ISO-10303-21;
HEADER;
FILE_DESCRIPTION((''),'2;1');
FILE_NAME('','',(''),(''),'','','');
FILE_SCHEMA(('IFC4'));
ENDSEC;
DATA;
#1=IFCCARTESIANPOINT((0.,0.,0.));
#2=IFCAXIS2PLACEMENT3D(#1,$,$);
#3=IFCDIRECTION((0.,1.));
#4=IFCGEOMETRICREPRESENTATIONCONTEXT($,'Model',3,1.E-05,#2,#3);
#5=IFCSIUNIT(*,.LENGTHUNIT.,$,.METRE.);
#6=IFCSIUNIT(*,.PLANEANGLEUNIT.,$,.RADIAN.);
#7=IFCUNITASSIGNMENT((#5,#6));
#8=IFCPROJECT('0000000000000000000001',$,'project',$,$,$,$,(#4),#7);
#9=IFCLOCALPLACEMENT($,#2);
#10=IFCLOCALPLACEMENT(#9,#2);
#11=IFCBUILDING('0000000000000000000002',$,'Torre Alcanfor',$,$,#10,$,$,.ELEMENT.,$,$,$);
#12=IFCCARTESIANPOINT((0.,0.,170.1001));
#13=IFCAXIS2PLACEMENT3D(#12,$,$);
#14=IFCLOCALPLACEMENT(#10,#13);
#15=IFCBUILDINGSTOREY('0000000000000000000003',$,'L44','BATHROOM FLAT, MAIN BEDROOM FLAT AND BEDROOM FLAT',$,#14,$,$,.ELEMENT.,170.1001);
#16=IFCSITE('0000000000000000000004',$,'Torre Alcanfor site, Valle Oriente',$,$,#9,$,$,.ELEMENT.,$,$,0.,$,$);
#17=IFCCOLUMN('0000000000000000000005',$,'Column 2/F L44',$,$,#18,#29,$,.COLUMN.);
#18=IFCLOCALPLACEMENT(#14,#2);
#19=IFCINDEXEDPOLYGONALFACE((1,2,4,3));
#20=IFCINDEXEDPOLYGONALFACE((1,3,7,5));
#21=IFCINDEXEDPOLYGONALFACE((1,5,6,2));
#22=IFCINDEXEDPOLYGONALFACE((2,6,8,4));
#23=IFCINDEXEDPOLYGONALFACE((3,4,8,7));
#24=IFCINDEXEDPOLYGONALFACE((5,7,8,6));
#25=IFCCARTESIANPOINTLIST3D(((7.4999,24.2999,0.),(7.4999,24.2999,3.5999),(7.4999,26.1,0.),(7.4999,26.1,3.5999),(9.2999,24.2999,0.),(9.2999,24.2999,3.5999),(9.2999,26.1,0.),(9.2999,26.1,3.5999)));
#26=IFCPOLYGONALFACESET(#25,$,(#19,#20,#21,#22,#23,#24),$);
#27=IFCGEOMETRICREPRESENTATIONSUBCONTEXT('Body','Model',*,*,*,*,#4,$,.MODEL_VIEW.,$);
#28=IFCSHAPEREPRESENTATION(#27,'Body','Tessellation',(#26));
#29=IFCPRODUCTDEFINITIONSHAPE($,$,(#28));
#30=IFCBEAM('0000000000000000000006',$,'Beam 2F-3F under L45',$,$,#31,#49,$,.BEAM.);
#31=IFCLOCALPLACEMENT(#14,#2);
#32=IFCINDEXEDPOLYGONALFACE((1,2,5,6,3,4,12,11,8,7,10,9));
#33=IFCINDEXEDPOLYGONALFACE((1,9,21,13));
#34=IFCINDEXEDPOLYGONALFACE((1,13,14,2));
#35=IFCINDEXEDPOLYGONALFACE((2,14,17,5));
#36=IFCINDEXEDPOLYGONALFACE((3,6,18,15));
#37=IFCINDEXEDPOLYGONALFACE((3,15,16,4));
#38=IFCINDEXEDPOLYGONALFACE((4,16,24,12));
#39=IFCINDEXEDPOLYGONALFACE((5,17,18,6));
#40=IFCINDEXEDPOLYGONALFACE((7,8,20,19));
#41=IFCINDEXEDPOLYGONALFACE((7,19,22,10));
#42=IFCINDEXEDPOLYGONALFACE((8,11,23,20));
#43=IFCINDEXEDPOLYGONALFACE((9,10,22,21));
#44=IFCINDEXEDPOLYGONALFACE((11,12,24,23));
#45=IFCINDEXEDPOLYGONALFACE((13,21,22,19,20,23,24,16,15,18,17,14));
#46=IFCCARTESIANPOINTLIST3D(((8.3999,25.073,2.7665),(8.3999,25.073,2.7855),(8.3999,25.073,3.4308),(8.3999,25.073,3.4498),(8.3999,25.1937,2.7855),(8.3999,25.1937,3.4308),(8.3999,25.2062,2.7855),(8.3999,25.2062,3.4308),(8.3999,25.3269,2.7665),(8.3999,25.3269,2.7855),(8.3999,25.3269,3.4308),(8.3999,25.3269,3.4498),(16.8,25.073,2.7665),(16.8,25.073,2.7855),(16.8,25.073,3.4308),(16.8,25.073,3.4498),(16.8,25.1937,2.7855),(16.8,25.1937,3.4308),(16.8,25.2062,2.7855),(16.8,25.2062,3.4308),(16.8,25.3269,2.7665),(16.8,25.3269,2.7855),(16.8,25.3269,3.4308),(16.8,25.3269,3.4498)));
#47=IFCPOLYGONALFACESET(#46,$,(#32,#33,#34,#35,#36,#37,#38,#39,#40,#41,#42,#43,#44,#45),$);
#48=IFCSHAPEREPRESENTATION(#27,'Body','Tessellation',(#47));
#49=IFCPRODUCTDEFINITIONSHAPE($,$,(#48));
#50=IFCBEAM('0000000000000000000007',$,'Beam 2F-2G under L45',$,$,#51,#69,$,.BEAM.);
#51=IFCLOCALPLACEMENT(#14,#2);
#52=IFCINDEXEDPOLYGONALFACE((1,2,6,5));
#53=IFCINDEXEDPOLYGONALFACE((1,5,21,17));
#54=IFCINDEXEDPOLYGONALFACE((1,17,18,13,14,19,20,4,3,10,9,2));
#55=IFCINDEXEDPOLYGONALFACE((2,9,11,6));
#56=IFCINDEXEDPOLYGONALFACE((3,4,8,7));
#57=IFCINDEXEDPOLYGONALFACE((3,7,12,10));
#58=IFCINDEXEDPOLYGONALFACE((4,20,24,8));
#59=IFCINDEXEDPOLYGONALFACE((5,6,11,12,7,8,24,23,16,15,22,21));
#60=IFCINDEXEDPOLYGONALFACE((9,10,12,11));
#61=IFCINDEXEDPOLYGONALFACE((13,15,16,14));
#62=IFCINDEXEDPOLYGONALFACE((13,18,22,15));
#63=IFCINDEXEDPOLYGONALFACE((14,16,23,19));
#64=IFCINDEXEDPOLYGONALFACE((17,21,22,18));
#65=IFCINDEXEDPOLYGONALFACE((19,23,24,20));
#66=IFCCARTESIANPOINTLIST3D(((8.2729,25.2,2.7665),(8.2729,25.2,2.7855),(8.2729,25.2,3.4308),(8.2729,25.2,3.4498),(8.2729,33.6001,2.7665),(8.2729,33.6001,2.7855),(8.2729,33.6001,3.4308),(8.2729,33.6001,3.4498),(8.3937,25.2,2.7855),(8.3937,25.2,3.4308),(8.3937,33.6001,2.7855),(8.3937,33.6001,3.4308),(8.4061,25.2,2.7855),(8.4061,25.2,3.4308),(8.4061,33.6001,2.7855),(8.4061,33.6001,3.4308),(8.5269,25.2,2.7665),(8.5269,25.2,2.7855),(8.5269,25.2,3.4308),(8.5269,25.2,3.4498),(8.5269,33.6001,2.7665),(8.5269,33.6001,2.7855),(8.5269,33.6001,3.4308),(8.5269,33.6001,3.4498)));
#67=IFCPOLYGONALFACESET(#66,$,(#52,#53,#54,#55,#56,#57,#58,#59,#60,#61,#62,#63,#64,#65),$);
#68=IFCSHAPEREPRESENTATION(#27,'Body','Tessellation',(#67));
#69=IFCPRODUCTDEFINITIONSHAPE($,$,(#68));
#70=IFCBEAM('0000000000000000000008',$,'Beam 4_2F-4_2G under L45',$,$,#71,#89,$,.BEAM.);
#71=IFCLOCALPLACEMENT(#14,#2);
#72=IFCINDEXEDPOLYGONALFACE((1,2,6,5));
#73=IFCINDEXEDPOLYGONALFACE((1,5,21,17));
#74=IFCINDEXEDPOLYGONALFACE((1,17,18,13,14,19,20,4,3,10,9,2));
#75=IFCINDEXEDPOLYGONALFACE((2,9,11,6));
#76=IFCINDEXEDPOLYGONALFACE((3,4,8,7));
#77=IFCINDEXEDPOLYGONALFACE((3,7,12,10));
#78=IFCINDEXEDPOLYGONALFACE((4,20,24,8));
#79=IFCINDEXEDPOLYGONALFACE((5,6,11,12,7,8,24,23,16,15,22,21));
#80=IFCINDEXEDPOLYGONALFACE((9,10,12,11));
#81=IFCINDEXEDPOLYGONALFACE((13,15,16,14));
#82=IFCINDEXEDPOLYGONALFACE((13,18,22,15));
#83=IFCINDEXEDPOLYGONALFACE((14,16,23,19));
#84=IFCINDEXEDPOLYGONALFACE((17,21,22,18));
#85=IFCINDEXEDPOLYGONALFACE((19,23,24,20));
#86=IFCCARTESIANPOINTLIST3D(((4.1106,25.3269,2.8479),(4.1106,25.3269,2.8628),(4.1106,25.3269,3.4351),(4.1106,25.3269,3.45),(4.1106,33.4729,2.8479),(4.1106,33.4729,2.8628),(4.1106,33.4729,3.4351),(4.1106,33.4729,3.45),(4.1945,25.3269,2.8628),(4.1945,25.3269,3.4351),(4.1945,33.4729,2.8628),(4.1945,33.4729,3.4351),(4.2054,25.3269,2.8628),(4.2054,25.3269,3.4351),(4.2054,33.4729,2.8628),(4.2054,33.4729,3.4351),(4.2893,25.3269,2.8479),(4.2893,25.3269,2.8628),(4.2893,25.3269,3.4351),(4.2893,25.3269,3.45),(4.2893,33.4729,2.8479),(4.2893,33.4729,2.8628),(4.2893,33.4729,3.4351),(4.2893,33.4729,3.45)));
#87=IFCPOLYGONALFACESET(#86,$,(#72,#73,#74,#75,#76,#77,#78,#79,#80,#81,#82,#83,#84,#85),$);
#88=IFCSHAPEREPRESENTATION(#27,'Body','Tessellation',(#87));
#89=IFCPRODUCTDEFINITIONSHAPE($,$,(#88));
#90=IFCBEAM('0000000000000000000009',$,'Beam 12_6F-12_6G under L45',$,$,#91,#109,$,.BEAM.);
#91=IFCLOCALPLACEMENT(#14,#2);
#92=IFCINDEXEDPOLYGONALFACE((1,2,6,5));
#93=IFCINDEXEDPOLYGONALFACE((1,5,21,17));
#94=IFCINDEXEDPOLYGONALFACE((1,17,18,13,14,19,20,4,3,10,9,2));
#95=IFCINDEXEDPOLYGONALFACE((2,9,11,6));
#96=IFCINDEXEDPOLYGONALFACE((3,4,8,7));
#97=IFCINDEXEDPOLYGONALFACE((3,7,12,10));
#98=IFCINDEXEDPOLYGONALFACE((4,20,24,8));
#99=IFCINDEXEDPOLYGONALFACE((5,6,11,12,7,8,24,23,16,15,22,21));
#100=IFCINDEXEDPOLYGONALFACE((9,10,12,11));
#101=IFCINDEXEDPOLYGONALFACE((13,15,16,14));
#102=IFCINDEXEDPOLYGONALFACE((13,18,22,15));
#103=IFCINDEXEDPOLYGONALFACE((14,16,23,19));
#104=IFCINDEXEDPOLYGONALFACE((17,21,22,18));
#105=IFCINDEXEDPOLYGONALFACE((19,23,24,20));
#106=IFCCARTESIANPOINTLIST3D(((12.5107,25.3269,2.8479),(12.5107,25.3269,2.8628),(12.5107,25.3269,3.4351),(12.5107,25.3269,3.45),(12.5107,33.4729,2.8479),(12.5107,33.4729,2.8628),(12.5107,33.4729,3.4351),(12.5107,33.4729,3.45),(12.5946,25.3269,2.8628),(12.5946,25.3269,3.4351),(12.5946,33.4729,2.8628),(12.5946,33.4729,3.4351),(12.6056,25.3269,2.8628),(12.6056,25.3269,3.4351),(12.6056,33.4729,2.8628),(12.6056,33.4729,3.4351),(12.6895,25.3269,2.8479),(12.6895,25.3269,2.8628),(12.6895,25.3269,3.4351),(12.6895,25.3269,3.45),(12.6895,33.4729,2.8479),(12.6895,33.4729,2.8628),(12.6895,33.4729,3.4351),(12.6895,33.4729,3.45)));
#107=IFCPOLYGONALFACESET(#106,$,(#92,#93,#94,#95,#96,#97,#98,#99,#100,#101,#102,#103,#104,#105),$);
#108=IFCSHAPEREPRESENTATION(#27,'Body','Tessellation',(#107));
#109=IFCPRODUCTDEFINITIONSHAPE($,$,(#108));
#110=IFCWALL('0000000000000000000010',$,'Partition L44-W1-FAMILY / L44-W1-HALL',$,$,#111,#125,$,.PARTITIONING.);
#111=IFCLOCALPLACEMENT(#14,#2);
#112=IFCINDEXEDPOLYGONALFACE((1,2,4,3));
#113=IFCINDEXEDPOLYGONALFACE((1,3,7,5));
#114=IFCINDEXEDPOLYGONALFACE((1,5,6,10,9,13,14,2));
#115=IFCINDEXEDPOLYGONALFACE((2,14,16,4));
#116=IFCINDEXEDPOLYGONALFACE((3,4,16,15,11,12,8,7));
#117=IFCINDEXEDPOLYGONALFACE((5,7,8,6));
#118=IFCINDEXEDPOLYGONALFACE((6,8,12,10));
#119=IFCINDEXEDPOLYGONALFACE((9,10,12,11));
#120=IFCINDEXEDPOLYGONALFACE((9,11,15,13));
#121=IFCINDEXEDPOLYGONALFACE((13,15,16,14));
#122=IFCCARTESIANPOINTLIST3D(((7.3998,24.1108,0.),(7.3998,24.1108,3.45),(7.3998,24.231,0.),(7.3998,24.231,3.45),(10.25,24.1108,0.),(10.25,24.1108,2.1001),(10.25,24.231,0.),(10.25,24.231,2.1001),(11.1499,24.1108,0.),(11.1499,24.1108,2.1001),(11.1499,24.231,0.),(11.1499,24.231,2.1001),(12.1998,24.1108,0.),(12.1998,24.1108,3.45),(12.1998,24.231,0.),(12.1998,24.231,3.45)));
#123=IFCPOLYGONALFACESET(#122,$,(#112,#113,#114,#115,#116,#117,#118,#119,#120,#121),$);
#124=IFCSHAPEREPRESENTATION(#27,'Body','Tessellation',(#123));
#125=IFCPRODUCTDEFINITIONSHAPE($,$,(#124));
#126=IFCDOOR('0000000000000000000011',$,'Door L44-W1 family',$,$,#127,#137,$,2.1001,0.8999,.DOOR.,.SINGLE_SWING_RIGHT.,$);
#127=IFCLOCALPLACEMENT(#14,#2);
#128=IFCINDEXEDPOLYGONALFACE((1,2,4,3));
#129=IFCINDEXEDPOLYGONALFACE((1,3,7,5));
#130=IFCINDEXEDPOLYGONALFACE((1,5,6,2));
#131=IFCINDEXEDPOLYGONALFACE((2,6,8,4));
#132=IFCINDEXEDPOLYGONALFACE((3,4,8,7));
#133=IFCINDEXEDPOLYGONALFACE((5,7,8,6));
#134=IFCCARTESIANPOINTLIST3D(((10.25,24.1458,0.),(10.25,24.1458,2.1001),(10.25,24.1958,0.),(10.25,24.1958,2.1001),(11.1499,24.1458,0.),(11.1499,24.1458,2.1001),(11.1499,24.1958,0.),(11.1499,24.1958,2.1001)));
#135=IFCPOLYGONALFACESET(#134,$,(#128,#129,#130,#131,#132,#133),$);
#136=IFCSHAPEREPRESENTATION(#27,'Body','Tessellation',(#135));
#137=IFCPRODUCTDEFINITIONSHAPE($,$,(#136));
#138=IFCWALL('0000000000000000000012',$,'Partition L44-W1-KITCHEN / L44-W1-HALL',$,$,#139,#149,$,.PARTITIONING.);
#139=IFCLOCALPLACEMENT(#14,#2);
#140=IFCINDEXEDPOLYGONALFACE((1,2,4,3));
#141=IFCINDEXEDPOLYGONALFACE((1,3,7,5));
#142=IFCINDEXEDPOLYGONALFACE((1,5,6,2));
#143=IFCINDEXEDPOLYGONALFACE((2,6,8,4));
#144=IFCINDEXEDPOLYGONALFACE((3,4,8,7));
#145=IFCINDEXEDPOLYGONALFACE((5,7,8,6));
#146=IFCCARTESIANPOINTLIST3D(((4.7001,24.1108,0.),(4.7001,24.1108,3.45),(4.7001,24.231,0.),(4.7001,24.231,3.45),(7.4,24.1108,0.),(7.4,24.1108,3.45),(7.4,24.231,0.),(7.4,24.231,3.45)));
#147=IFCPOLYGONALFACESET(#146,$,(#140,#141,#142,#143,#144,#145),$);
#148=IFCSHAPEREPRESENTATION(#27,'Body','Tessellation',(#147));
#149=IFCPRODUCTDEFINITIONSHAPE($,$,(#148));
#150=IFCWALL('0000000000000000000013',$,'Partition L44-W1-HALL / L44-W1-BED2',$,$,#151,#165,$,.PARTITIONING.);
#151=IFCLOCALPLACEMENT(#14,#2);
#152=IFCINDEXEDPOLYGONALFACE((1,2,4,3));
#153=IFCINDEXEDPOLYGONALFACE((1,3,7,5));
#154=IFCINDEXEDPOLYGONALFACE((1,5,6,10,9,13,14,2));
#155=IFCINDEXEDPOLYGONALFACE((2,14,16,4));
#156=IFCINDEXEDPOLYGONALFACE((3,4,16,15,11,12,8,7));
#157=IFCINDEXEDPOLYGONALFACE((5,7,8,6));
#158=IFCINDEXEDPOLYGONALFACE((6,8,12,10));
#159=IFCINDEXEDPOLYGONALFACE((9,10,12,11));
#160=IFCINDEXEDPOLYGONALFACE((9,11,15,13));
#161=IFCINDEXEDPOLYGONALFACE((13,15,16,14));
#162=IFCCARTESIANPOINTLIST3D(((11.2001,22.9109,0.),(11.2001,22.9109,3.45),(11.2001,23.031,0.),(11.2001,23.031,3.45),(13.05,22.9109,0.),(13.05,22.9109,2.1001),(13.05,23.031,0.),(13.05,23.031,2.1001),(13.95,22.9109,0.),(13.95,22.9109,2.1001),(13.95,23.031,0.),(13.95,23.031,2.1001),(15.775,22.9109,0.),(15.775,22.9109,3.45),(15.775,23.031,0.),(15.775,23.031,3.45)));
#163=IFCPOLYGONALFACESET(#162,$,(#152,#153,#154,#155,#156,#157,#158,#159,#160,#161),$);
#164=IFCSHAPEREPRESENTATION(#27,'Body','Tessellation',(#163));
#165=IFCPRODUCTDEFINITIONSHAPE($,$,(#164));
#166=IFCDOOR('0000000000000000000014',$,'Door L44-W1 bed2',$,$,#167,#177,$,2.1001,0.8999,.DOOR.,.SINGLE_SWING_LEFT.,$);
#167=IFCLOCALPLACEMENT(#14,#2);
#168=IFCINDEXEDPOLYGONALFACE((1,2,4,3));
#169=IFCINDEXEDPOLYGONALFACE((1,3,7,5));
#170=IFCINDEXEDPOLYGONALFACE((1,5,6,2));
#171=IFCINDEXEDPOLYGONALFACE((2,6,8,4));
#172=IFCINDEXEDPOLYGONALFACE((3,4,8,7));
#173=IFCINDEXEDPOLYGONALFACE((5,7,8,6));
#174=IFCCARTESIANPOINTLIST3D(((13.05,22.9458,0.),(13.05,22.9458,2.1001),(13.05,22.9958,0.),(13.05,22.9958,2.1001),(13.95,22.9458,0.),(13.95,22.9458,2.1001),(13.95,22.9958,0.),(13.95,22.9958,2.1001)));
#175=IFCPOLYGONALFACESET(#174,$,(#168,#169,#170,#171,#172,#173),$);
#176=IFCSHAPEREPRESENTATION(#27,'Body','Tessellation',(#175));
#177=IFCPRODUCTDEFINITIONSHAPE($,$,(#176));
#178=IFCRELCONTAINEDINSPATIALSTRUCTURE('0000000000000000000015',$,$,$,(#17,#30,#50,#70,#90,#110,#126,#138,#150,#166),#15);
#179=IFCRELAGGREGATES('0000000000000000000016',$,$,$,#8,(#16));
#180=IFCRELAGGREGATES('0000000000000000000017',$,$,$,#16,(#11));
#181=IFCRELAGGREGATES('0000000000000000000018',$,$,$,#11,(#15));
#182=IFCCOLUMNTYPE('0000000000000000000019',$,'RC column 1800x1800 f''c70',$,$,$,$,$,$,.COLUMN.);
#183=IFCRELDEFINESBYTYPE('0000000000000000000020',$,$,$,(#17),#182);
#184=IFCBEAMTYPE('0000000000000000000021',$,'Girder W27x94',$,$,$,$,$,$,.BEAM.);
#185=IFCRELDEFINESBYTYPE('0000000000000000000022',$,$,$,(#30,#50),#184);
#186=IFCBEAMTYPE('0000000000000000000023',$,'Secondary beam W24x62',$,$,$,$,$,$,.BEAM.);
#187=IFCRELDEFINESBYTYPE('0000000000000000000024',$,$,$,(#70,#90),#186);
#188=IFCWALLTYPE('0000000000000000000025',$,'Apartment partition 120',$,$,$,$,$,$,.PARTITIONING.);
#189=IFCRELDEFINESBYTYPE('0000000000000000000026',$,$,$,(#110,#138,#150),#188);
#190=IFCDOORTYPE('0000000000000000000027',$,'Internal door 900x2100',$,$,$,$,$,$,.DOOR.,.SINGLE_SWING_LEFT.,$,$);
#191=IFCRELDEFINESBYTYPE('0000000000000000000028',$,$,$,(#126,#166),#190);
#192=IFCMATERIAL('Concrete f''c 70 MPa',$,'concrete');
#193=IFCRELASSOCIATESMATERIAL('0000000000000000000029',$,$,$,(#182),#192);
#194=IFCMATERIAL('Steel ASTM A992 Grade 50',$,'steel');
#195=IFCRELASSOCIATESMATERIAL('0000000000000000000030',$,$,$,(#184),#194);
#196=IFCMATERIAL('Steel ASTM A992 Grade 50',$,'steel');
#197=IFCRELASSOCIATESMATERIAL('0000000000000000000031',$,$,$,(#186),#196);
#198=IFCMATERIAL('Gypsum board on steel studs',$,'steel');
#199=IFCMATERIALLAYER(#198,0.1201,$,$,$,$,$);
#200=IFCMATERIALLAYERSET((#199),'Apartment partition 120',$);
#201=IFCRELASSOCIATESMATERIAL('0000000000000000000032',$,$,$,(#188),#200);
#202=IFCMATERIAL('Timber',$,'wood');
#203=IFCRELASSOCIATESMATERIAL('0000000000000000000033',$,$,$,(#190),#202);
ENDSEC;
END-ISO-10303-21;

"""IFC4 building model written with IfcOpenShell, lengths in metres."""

from ifc_helpers import new_model, si_unit, direction, frame, frame_2d, origin, origin_2d, place, context, subcontext, project, spatial, rectangle, i_section, extrude, material, layer, layer_set, material_profile, profile_set, type_object, element, fill, save


model = new_model("IFC4")

# Units and contexts
model_context = context("Model", 3, precision=1e-05, world=origin(), true_north=direction((0.0, 1.0)))
body_context = subcontext(model_context, "Body", "Model", "MODEL_VIEW")
ifc_project = project(units=[si_unit("LENGTHUNIT", "METRE"), si_unit("PLANEANGLEUNIT", "RADIAN")], contexts=[model_context])

# Site, building, storey
site_placement = place(None, origin())
site = spatial("IfcSite", under=ifc_project, at=site_placement, Name="Torre Alcanfor site, Valle Oriente", CompositionType="ELEMENT", RefElevation=0.0)
building_placement = place(site_placement, origin())
building = spatial("IfcBuilding", under=site, at=building_placement, Name="Torre Alcanfor", CompositionType="ELEMENT")
storey_placement = place(building_placement, frame((0.0, 0.0, 170.1001)))
storey = spatial("IfcBuildingStorey", under=building, at=storey_placement, Name="L44", Description="BATHROOM FLAT, MAIN BEDROOM FLAT AND BEDROOM FLAT", CompositionType="ELEMENT", Elevation=170.1001)

# Column
ifc_material_1 = material(Name="Concrete f'c 70 MPa", Category="concrete")
ifc_material_profile_1 = material_profile(ifc_material_1, rectangle(XDim=1.8, YDim=1.8, at=origin_2d()), Name="1800x1800")
ifc_profile_set_1 = profile_set([ifc_material_profile_1], Name="Concrete f'c 70 MPa")
column_type = type_object("IfcColumnType", Name="RC column 1800x1800 f'c70", PredefinedType="COLUMN", material=ifc_profile_set_1)
column_placement = place(storey_placement, frame((8.3999, 25.2, 0.0), z_axis=(0.0, 0.0, 1.0), x_axis=(1.0, 0.0, 0.0)))
element("IfcColumn", 1, at=column_placement, inside=storey, type_object=column_type, Name="Column 2/F L44", PredefinedType="COLUMN", context=body_context, shape_type="SweptSolid", body=[
    extrude(rectangle(XDim=1.8, YDim=1.8, at=origin_2d()), origin(), (0.0, 0.0, 1.0), 3.5999),
])

# Beams
ifc_material_2 = material(Name="Steel ASTM A992 Grade 50", Category="steel")
ifc_material_profile_2 = material_profile(ifc_material_2, i_section(OverallWidth=0.2539, OverallDepth=0.6833, WebThickness=0.0125, FlangeThickness=0.019, at=origin_2d()), Name="W27x94")
ifc_profile_set_2 = profile_set([ifc_material_profile_2], Name="Steel ASTM A992 Grade 50")
beam_type_1 = type_object("IfcBeamType", Name="Girder W27x94", PredefinedType="BEAM", material=ifc_profile_set_2)
for number, where, z_axis, x_axis, name in (
    (2, (8.3999, 25.2, 3.1082), (1.0, 0.0, 0.0), (0.0, 1.0, 0.0), "Beam 2F-3F under L45"),
    (3, (8.3999, 25.2, 3.1082), (0.0, 1.0, 0.0), (-1.0, 0.0, 0.0), "Beam 2F-2G under L45"),
):
    element("IfcBeam", number, at=place(storey_placement, frame(where, z_axis=z_axis, x_axis=x_axis)), inside=storey, type_object=beam_type_1, Name=name, PredefinedType="BEAM", context=body_context, shape_type="SweptSolid", body=[
        extrude(i_section(OverallWidth=0.2539, OverallDepth=0.6833, WebThickness=0.0125, FlangeThickness=0.019, at=origin_2d()), origin(), (0.0, 0.0, 1.0), 8.4001),
    ])
ifc_material_3 = material(Name="Steel ASTM A992 Grade 50", Category="steel")
ifc_material_profile_3 = material_profile(ifc_material_3, i_section(OverallWidth=0.1787, OverallDepth=0.6021, WebThickness=0.011, FlangeThickness=0.0149, at=origin_2d()), Name="W24x62")
ifc_profile_set_3 = profile_set([ifc_material_profile_3], Name="Steel ASTM A992 Grade 50")
beam_type_2 = type_object("IfcBeamType", Name="Secondary beam W24x62", PredefinedType="BEAM", material=ifc_profile_set_3)
for number, where, z_axis, x_axis, name in (
    (4, (4.2, 25.3269, 3.1489), (0.0, 1.0, 0.0), (-1.0, 0.0, 0.0), "Beam 4_2F-4_2G under L45"),
    (5, (12.6001, 25.3269, 3.1489), (0.0, 1.0, 0.0), (-1.0, 0.0, 0.0), "Beam 12_6F-12_6G under L45"),
):
    element("IfcBeam", number, at=place(storey_placement, frame(where, z_axis=z_axis, x_axis=x_axis)), inside=storey, type_object=beam_type_2, Name=name, PredefinedType="BEAM", context=body_context, shape_type="SweptSolid", body=[
        extrude(i_section(OverallWidth=0.1787, OverallDepth=0.6021, WebThickness=0.011, FlangeThickness=0.0149, at=origin_2d()), origin(), (0.0, 0.0, 1.0), 8.146),
    ])

# Wall, opening, door
ifc_material_4 = material(Name="Gypsum board on steel studs", Category="steel")
ifc_layer_1 = layer(ifc_material_4, 0.1201)
ifc_layer_set_1 = layer_set([ifc_layer_1], Name="Apartment partition 120")
wall_type_1 = type_object("IfcWallType", Name="Apartment partition 120", PredefinedType="PARTITIONING", material=ifc_layer_set_1)
wall_1_placement = place(storey_placement, frame((7.3999, 24.1709, 0.0), z_axis=(0.0, 0.0, 1.0), x_axis=(1.0, 0.0, 0.0)))
wall_1 = element("IfcWall", 6, at=wall_1_placement, inside=storey, type_object=wall_type_1, Name="Partition L44-W1-FAMILY / L44-W1-HALL", PredefinedType="PARTITIONING", context=body_context, shape_type="SweptSolid", body=[
    extrude(rectangle(XDim=4.8, YDim=0.1201, at=frame_2d((2.3999, 0.0))), origin(), (0.0, 0.0, 1.0), 3.45),
])
opening_1_placement = place(wall_1_placement, frame((2.8501, 0.0, 0.0)))
opening_1 = element("IfcOpeningElement", 7, at=opening_1_placement, cuts=wall_1, PredefinedType="OPENING", context=body_context, shape_type="SweptSolid", body=[
    extrude(rectangle(XDim=0.8999, YDim=2.1001, at=frame_2d((0.45, 1.05))), frame((0.0, 0.0701, 0.0), z_axis=(0.0, -1.0, 0.0), x_axis=(1.0, 0.0, 0.0)), (0.0, 0.0, 1.0), 0.1401),
])
ifc_material_5 = material(Name="Timber", Category="wood")
door_type_1 = type_object("IfcDoorType", Name="Internal door 900x2100", OperationType="SINGLE_SWING_LEFT", PredefinedType="DOOR", material=ifc_material_5)
door_1_placement = place(opening_1_placement, origin())
door_1 = element("IfcDoor", 8, at=door_1_placement, inside=storey, type_object=door_type_1, Name="Door L44-W1 family", OperationType="SINGLE_SWING_RIGHT", OverallHeight=2.1001, OverallWidth=0.8999, PredefinedType="DOOR", context=body_context, shape_type="SweptSolid", body=[
    extrude(rectangle(XDim=0.8999, YDim=2.1001, at=frame_2d((0.45, 1.05))), frame((0.0, 0.0249, 0.0), z_axis=(0.0, -1.0, 0.0), x_axis=(1.0, 0.0, 0.0)), (0.0, 0.0, 1.0), 0.05),
])
fill(opening_1, door_1)

# Wall
wall_2_placement = place(storey_placement, frame((4.7, 24.1709, 0.0), z_axis=(0.0, 0.0, 1.0), x_axis=(1.0, 0.0, 0.0)))
element("IfcWall", 9, at=wall_2_placement, inside=storey, type_object=wall_type_1, Name="Partition L44-W1-KITCHEN / L44-W1-HALL", PredefinedType="PARTITIONING", context=body_context, shape_type="SweptSolid", body=[
    extrude(rectangle(XDim=2.7, YDim=0.1201, at=frame_2d((1.3501, 0.0))), origin(), (0.0, 0.0, 1.0), 3.45),
])

# Wall, opening, door
wall_3_placement = place(storey_placement, frame((11.2, 22.9709, 0.0), z_axis=(0.0, 0.0, 1.0), x_axis=(1.0, 0.0, 0.0)))
wall_3 = element("IfcWall", 10, at=wall_3_placement, inside=storey, type_object=wall_type_1, Name="Partition L44-W1-HALL / L44-W1-BED2", PredefinedType="PARTITIONING", context=body_context, shape_type="SweptSolid", body=[
    extrude(rectangle(XDim=4.575, YDim=0.1201, at=frame_2d((2.2876, 0.0))), origin(), (0.0, 0.0, 1.0), 3.45),
])
opening_2_placement = place(wall_3_placement, frame((1.8501, 0.0, 0.0)))
opening_2 = element("IfcOpeningElement", 11, at=opening_2_placement, cuts=wall_3, PredefinedType="OPENING", context=body_context, shape_type="SweptSolid", body=[
    extrude(rectangle(XDim=0.8999, YDim=2.1001, at=frame_2d((0.45, 1.05))), frame((0.0, 0.0701, 0.0), z_axis=(0.0, -1.0, 0.0), x_axis=(1.0, 0.0, 0.0)), (0.0, 0.0, 1.0), 0.1401),
])
door_2_placement = place(opening_2_placement, frame((0.8999, 0.0, 0.0), z_axis=(0.0, 0.0, 1.0), x_axis=(-1.0, 0.0, 0.0)))
door_2 = element("IfcDoor", 12, at=door_2_placement, inside=storey, type_object=door_type_1, Name="Door L44-W1 bed2", OperationType="SINGLE_SWING_LEFT", OverallHeight=2.1001, OverallWidth=0.8999, PredefinedType="DOOR", context=body_context, shape_type="SweptSolid", body=[
    extrude(rectangle(XDim=0.8999, YDim=2.1001, at=frame_2d((0.45, 1.05))), frame((0.0, 0.0251, 0.0), z_axis=(0.0, -1.0, 0.0), x_axis=(1.0, 0.0, 0.0)), (0.0, 0.0, 1.0), 0.05),
])
fill(opening_2, door_2)

save(model, "model.ifc")
